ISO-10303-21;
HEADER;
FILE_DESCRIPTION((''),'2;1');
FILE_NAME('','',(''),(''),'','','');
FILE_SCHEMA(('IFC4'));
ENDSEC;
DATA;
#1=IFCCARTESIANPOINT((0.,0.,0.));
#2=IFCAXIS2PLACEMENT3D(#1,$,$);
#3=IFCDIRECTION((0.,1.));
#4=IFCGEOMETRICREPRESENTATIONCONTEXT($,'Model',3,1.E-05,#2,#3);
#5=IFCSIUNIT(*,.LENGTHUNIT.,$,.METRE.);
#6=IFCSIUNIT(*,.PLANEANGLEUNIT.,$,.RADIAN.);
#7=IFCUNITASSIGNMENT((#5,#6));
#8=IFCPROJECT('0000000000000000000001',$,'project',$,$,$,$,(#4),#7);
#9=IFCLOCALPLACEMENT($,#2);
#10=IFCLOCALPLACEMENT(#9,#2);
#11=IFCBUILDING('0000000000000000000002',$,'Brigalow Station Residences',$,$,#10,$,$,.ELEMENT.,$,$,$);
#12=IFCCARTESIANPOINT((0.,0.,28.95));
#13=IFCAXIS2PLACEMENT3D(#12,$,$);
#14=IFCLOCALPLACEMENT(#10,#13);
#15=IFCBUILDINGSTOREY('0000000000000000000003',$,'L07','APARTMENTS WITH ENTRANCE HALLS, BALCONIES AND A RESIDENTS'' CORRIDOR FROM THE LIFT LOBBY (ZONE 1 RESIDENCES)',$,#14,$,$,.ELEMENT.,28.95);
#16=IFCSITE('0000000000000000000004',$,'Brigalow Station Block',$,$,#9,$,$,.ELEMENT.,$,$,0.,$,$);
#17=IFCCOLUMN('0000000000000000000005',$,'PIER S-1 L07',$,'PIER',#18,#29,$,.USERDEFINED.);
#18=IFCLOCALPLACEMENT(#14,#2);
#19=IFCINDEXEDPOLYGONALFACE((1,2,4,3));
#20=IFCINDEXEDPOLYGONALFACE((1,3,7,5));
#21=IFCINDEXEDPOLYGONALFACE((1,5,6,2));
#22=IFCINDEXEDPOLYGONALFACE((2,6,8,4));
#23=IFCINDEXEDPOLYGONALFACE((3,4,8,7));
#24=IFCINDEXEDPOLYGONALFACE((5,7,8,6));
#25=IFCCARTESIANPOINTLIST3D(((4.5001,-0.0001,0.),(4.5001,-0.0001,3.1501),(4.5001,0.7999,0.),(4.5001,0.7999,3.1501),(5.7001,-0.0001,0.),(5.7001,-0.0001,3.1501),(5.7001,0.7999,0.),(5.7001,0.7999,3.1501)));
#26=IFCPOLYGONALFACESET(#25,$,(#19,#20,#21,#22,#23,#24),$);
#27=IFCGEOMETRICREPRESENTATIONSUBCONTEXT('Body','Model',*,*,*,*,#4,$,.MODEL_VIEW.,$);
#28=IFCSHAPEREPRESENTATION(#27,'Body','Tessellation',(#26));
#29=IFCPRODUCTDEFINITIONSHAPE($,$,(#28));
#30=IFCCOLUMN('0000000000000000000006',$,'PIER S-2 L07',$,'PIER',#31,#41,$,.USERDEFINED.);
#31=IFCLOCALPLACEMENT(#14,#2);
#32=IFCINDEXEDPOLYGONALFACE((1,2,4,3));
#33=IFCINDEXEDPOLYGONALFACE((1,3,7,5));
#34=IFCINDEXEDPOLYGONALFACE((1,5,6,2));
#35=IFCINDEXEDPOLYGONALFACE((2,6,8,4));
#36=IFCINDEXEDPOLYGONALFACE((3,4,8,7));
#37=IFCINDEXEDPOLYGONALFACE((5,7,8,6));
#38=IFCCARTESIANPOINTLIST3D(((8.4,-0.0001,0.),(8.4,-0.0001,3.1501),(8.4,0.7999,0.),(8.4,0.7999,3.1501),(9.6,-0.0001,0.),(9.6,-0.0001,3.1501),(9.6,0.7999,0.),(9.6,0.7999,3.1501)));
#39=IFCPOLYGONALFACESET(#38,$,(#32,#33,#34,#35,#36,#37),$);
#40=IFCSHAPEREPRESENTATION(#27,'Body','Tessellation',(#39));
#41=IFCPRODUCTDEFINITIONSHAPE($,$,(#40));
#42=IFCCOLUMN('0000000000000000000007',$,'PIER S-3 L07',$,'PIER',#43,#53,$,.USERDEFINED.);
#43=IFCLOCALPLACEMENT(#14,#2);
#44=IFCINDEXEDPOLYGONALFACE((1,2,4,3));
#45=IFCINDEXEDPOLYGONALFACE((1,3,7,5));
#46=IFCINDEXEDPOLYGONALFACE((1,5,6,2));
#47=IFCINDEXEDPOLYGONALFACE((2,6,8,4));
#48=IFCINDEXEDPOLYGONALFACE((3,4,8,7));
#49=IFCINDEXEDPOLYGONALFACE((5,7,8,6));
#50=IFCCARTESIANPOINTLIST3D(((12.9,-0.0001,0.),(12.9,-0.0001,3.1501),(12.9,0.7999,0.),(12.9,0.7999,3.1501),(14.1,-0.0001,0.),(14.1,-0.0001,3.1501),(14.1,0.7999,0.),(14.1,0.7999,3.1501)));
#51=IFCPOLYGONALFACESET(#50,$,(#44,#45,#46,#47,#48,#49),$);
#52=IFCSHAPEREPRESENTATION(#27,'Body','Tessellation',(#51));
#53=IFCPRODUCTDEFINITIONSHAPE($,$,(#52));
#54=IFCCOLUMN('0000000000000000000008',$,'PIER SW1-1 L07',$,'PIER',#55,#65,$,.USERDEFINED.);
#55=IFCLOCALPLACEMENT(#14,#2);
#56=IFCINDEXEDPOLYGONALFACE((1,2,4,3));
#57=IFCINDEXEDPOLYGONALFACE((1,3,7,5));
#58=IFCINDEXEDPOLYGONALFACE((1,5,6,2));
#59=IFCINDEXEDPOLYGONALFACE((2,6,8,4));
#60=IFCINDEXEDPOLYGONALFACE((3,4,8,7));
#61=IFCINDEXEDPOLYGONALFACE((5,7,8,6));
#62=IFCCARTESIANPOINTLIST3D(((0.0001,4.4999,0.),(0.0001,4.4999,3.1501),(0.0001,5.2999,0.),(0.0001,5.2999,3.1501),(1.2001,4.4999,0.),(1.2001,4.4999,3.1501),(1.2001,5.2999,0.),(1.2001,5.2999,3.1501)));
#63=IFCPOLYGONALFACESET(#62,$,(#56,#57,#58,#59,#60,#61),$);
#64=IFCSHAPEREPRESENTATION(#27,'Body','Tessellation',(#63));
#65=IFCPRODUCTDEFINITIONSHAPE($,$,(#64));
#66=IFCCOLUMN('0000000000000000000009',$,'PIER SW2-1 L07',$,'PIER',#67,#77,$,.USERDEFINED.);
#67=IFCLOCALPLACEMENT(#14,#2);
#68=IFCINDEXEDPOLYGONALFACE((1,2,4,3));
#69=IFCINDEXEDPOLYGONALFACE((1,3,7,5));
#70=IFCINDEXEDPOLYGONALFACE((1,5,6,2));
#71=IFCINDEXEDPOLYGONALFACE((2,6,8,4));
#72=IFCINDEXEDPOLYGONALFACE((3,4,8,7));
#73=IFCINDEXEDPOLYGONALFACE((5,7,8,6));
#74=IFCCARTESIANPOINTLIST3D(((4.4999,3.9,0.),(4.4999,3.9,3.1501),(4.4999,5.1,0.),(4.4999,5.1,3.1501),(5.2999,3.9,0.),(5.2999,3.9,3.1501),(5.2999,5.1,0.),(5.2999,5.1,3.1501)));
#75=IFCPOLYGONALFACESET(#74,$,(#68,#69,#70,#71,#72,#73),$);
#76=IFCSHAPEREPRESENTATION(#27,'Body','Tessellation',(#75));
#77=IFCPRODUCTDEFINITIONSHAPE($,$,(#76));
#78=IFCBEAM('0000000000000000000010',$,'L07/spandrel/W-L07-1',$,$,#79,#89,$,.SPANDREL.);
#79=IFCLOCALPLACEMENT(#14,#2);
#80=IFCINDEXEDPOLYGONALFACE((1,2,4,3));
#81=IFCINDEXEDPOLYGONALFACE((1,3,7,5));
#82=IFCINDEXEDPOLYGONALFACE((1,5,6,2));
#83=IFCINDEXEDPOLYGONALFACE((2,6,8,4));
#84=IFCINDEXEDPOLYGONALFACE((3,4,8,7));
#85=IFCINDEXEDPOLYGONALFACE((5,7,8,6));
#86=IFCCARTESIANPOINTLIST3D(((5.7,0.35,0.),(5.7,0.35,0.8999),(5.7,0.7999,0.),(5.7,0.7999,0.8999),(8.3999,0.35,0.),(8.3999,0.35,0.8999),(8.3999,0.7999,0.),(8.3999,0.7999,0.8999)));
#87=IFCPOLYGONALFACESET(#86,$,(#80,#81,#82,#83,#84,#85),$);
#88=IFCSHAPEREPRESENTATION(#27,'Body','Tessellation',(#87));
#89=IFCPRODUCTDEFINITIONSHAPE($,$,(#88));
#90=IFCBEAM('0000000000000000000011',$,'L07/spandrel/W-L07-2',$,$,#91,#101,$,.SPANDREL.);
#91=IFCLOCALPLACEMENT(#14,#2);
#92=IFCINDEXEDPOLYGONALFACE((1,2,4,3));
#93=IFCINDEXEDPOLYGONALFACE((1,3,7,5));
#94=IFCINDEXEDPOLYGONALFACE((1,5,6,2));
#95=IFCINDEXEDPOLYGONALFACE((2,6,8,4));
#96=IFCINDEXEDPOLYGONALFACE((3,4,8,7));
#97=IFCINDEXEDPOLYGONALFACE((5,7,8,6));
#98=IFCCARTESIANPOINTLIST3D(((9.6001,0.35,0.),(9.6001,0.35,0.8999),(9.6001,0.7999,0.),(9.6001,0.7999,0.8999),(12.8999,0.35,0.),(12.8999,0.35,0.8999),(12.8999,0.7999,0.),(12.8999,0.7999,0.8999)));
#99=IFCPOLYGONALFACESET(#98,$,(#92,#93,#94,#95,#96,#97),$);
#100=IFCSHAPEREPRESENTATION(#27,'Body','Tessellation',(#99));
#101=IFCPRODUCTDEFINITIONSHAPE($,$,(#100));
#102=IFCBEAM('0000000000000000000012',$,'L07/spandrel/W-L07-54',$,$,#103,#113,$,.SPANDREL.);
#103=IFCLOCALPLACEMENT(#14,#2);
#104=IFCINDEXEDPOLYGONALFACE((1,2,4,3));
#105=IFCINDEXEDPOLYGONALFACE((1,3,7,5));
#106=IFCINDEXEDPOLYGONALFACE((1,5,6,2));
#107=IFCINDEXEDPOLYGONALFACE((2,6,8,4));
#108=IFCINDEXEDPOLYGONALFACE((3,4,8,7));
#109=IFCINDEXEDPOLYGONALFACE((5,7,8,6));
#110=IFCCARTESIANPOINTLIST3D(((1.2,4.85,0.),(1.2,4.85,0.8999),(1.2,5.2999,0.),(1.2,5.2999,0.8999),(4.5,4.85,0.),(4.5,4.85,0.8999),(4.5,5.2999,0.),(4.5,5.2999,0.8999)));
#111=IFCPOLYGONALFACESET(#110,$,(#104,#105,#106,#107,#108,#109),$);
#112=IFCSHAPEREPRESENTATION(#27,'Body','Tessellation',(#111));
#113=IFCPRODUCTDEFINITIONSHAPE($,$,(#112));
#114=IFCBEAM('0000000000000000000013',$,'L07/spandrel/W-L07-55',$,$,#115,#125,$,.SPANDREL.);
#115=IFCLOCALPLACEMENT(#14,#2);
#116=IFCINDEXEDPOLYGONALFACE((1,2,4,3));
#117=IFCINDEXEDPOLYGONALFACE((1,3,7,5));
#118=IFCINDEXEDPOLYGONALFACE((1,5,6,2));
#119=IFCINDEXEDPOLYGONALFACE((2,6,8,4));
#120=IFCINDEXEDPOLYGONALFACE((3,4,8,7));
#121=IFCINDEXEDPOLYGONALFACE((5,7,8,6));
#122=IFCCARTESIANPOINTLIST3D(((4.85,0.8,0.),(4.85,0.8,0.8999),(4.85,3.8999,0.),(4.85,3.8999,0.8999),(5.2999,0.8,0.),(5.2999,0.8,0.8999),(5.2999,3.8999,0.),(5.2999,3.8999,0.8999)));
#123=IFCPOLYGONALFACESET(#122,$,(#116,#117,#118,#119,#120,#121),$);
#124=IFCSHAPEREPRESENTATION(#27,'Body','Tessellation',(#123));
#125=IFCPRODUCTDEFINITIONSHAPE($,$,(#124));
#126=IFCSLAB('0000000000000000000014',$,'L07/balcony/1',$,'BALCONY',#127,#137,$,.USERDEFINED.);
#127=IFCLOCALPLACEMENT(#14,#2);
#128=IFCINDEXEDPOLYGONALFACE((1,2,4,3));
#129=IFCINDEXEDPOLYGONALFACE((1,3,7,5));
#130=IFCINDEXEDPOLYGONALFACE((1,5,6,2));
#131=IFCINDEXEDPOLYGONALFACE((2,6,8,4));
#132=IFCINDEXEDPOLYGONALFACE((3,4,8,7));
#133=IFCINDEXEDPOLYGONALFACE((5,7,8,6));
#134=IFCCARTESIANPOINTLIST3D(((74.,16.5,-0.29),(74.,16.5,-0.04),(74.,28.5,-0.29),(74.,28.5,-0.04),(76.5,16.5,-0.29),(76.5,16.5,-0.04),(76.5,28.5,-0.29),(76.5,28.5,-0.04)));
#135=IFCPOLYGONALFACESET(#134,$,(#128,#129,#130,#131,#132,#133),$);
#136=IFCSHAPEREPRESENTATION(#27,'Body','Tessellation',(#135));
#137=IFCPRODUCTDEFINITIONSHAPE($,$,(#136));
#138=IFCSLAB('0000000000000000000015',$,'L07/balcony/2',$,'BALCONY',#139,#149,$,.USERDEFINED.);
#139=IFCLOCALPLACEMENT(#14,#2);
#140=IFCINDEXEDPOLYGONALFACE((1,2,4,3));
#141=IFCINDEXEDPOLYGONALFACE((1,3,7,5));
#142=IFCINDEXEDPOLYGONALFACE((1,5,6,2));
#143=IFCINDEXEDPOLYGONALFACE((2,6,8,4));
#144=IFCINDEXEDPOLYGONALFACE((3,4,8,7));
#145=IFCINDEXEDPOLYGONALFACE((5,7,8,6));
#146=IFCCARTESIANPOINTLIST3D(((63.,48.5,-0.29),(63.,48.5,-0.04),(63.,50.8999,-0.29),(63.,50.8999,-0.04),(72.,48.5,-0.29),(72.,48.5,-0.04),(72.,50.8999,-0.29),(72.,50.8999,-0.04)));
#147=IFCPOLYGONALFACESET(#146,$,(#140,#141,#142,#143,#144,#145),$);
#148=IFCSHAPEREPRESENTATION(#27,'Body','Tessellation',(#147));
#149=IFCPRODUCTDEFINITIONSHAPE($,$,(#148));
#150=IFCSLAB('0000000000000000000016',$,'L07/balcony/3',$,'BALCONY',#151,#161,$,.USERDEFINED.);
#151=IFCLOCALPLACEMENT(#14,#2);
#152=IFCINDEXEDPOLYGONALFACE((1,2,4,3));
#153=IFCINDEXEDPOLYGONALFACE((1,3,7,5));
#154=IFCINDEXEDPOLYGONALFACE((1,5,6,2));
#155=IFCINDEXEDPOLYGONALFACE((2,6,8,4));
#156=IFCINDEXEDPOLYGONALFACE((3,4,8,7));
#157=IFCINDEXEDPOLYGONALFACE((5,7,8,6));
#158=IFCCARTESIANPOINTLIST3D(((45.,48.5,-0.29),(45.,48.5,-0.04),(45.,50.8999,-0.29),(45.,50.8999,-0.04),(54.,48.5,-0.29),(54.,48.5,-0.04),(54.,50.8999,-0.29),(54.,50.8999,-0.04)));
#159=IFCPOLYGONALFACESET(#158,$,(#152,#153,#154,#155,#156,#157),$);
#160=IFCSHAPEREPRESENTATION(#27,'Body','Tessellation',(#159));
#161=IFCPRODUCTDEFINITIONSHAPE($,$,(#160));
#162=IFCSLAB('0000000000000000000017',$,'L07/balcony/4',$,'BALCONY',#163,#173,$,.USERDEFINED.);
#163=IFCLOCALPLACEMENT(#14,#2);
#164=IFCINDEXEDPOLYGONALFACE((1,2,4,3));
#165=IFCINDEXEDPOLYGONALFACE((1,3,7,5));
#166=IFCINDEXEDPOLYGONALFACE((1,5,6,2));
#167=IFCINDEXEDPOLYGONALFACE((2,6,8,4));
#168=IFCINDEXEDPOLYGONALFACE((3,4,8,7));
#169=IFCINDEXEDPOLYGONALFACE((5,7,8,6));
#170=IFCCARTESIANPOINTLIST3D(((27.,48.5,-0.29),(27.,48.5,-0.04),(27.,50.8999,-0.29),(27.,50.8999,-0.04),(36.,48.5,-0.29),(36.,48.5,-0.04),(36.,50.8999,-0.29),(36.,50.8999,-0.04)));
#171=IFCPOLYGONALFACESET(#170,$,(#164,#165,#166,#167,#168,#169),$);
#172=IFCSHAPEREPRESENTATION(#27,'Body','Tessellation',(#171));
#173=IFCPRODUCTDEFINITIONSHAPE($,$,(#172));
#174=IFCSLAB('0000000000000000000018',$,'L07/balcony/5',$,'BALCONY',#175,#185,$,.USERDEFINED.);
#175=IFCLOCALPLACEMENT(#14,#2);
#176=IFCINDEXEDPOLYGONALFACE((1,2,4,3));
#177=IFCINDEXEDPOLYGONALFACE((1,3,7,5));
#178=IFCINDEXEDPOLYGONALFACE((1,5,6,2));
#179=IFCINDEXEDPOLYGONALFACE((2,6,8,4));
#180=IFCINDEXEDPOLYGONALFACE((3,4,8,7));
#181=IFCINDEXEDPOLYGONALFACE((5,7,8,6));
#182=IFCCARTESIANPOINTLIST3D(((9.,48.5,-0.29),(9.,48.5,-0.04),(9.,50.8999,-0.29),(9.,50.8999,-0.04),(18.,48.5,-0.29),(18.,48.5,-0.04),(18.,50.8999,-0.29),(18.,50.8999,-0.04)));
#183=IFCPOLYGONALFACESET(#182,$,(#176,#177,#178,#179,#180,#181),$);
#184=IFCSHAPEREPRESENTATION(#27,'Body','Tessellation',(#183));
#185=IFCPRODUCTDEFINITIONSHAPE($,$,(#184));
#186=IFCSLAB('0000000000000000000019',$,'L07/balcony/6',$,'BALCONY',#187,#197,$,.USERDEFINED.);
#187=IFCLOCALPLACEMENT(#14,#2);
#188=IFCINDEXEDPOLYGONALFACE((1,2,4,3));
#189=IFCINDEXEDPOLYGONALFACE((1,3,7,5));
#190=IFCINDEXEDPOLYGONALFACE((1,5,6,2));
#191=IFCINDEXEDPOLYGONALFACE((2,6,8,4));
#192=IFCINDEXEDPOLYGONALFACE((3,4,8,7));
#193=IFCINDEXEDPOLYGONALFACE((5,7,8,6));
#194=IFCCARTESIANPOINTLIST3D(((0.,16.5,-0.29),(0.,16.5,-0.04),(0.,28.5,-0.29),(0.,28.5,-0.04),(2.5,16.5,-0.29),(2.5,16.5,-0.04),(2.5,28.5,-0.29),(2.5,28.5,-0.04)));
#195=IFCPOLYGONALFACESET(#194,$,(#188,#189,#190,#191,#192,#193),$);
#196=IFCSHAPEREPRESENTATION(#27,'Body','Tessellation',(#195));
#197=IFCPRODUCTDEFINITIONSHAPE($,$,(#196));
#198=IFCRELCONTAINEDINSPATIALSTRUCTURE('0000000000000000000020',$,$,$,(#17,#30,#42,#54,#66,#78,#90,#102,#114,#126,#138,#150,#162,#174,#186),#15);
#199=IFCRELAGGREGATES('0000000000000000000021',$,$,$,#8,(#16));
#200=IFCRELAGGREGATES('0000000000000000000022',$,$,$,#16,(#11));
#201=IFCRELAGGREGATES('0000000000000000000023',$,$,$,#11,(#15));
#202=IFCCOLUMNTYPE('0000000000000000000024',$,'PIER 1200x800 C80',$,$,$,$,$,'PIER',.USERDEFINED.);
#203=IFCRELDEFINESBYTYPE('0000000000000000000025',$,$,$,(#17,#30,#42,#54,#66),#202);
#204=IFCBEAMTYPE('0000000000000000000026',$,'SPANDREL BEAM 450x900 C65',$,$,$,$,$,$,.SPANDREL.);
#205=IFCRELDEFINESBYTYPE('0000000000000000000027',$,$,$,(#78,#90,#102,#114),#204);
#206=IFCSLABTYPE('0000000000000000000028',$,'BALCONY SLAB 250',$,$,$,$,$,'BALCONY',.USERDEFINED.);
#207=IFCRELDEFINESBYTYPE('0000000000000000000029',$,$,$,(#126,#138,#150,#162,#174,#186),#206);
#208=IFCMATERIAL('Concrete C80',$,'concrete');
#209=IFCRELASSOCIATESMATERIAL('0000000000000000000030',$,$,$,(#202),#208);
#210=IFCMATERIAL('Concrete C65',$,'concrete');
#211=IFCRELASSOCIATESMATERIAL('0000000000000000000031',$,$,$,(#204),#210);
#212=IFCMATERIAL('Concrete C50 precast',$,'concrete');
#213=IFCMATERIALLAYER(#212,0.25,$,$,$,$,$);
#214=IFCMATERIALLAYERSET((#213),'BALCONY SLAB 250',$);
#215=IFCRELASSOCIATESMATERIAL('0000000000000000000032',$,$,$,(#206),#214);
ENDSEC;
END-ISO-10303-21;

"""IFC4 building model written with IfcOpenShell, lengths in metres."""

from ifc_helpers import new_model, si_unit, direction, frame, origin, origin_2d, place, context, subcontext, project, spatial, polyline, rectangle, outline, extrude, material, layer, layer_set, material_profile, profile_set, type_object, element, save


model = new_model("IFC4")

# Units and contexts
model_context = context("Model", 3, precision=1e-05, world=origin(), true_north=direction((0.0, 1.0)))
body_context = subcontext(model_context, "Body", "Model", "MODEL_VIEW")
ifc_project = project(units=[si_unit("LENGTHUNIT", "METRE"), si_unit("PLANEANGLEUNIT", "RADIAN")], contexts=[model_context])

# Site, building, storey
site_placement = place(None, origin())
site = spatial("IfcSite", under=ifc_project, at=site_placement, Name="Brigalow Station Block", CompositionType="ELEMENT", RefElevation=0.0)
building_placement = place(site_placement, origin())
building = spatial("IfcBuilding", under=site, at=building_placement, Name="Brigalow Station Residences", CompositionType="ELEMENT")
storey_placement = place(building_placement, frame((0.0, 0.0, 28.95)))
storey = spatial("IfcBuildingStorey", under=building, at=storey_placement, Name="L07", Description="APARTMENTS WITH ENTRANCE HALLS, BALCONIES AND A RESIDENTS' CORRIDOR FROM THE LIFT LOBBY (ZONE 1 RESIDENCES)", CompositionType="ELEMENT", Elevation=28.95)

# Columns
ifc_material_1 = material(Name="Concrete C80", Category="concrete")
ifc_material_profile_1 = material_profile(ifc_material_1, rectangle(XDim=1.2, YDim=0.8, at=origin_2d()), Name="RC1200x800")
ifc_profile_set_1 = profile_set([ifc_material_profile_1], Name="Concrete C80")
column_type = type_object("IfcColumnType", Name="PIER 1200x800 C80", ElementType="PIER", PredefinedType="USERDEFINED", material=ifc_profile_set_1)
for number, where, z_axis, x_axis, name in (
    (1, (5.1001, 0.3999, 0.0), (0.0, 0.0, 1.0), (1.0, 0.0, 0.0), "PIER S-1 L07"),
    (2, (9.0, 0.3999, 0.0), (0.0, 0.0, 1.0), (1.0, 0.0, 0.0), "PIER S-2 L07"),
    (3, (13.5, 0.3999, 0.0), (0.0, 0.0, 1.0), (1.0, 0.0, 0.0), "PIER S-3 L07"),
    (4, (0.6001, 4.8999, 0.0), (0.0, 0.0, 1.0), (1.0, 0.0, 0.0), "PIER SW1-1 L07"),
    (5, (4.8999, 4.5, 0.0), (0.0, 0.0, 1.0), (0.0, -1.0, 0.0), "PIER SW2-1 L07"),
):
    element("IfcColumn", number, at=place(storey_placement, frame(where, z_axis=z_axis, x_axis=x_axis)), inside=storey, type_object=column_type, Name=name, ObjectType="PIER", PredefinedType="USERDEFINED", context=body_context, shape_type="SweptSolid", body=[
        extrude(rectangle(XDim=1.2, YDim=0.8, at=origin_2d()), origin(), (0.0, 0.0, 1.0), 3.1501),
    ])

# Beams
ifc_material_2 = material(Name="Concrete C65", Category="concrete")
ifc_material_profile_2 = material_profile(ifc_material_2, rectangle(XDim=0.45, YDim=0.8999, at=origin_2d()), Name="RC450x900")
ifc_profile_set_2 = profile_set([ifc_material_profile_2], Name="Concrete C65")
beam_type = type_object("IfcBeamType", Name="SPANDREL BEAM 450x900 C65", PredefinedType="SPANDREL", material=ifc_profile_set_2)
beam_1_placement = place(storey_placement, frame((5.7, 0.575, 0.45), z_axis=(1.0, 0.0, 0.0), x_axis=(0.0, 1.0, 0.0)))
element("IfcBeam", 6, at=beam_1_placement, inside=storey, type_object=beam_type, Name="L07/spandrel/W-L07-1", PredefinedType="SPANDREL", context=body_context, shape_type="SweptSolid", body=[
    extrude(rectangle(XDim=0.45, YDim=0.8999, at=origin_2d()), origin(), (0.0, 0.0, 1.0), 2.7),
])
beam_2_placement = place(storey_placement, frame((9.6001, 0.575, 0.45), z_axis=(1.0, 0.0, 0.0), x_axis=(0.0, 1.0, 0.0)))
element("IfcBeam", 7, at=beam_2_placement, inside=storey, type_object=beam_type, Name="L07/spandrel/W-L07-2", PredefinedType="SPANDREL", context=body_context, shape_type="SweptSolid", body=[
    extrude(rectangle(XDim=0.45, YDim=0.8999, at=origin_2d()), origin(), (0.0, 0.0, 1.0), 3.2998),
])
beam_3_placement = place(storey_placement, frame((1.2, 5.075, 0.45), z_axis=(1.0, 0.0, 0.0), x_axis=(0.0, 1.0, 0.0)))
element("IfcBeam", 8, at=beam_3_placement, inside=storey, type_object=beam_type, Name="L07/spandrel/W-L07-54", PredefinedType="SPANDREL", context=body_context, shape_type="SweptSolid", body=[
    extrude(rectangle(XDim=0.45, YDim=0.8999, at=origin_2d()), origin(), (0.0, 0.0, 1.0), 3.3),
])
beam_4_placement = place(storey_placement, frame((5.075, 3.8999, 0.45), z_axis=(0.0, -1.0, 0.0), x_axis=(1.0, 0.0, 0.0)))
element("IfcBeam", 9, at=beam_4_placement, inside=storey, type_object=beam_type, Name="L07/spandrel/W-L07-55", PredefinedType="SPANDREL", context=body_context, shape_type="SweptSolid", body=[
    extrude(rectangle(XDim=0.45, YDim=0.8999, at=origin_2d()), origin(), (0.0, 0.0, 1.0), 3.0999),
])

# Slabs
ifc_material_3 = material(Name="Concrete C50 precast", Category="concrete")
ifc_layer_1 = layer(ifc_material_3, 0.25)
ifc_layer_set_1 = layer_set([ifc_layer_1], Name="BALCONY SLAB 250")
slab_type_1 = type_object("IfcSlabType", Name="BALCONY SLAB 250", ElementType="BALCONY", PredefinedType="USERDEFINED", material=ifc_layer_set_1)
slab_1_placement = place(storey_placement, frame((0.0, 0.0, -0.29)))
element("IfcSlab", 10, at=slab_1_placement, inside=storey, type_object=slab_type_1, Name="L07/balcony/1", ObjectType="BALCONY", PredefinedType="USERDEFINED", context=body_context, shape_type="SweptSolid", body=[
    extrude(outline(polyline([(74.0, 16.5), (76.5, 16.5), (76.5, 28.5), (74.0, 28.5), (74.0, 16.5)])), origin(), (0.0, 0.0, 1.0), 0.25),
])
slab_2_placement = place(storey_placement, frame((0.0, 0.0, -0.29)))
element("IfcSlab", 11, at=slab_2_placement, inside=storey, type_object=slab_type_1, Name="L07/balcony/2", ObjectType="BALCONY", PredefinedType="USERDEFINED", context=body_context, shape_type="SweptSolid", body=[
    extrude(outline(polyline([(72.0, 48.5), (72.0, 50.8999), (63.0, 50.8999), (63.0, 48.5), (72.0, 48.5)])), origin(), (0.0, 0.0, 1.0), 0.25),
])
slab_3_placement = place(storey_placement, frame((0.0, 0.0, -0.29)))
element("IfcSlab", 12, at=slab_3_placement, inside=storey, type_object=slab_type_1, Name="L07/balcony/3", ObjectType="BALCONY", PredefinedType="USERDEFINED", context=body_context, shape_type="SweptSolid", body=[
    extrude(outline(polyline([(54.0, 48.5), (54.0, 50.8999), (45.0, 50.8999), (45.0, 48.5), (54.0, 48.5)])), origin(), (0.0, 0.0, 1.0), 0.25),
])
slab_4_placement = place(storey_placement, frame((0.0, 0.0, -0.29)))
element("IfcSlab", 13, at=slab_4_placement, inside=storey, type_object=slab_type_1, Name="L07/balcony/4", ObjectType="BALCONY", PredefinedType="USERDEFINED", context=body_context, shape_type="SweptSolid", body=[
    extrude(outline(polyline([(36.0, 48.5), (36.0, 50.8999), (27.0, 50.8999), (27.0, 48.5), (36.0, 48.5)])), origin(), (0.0, 0.0, 1.0), 0.25),
])
slab_5_placement = place(storey_placement, frame((0.0, 0.0, -0.29)))
element("IfcSlab", 14, at=slab_5_placement, inside=storey, type_object=slab_type_1, Name="L07/balcony/5", ObjectType="BALCONY", PredefinedType="USERDEFINED", context=body_context, shape_type="SweptSolid", body=[
    extrude(outline(polyline([(18.0, 48.5), (18.0, 50.8999), (9.0, 50.8999), (9.0, 48.5), (18.0, 48.5)])), origin(), (0.0, 0.0, 1.0), 0.25),
])
slab_6_placement = place(storey_placement, frame((0.0, 0.0, -0.29)))
element("IfcSlab", 15, at=slab_6_placement, inside=storey, type_object=slab_type_1, Name="L07/balcony/6", ObjectType="BALCONY", PredefinedType="USERDEFINED", context=body_context, shape_type="SweptSolid", body=[
    extrude(outline(polyline([(2.5, 28.5), (0.0, 28.5), (0.0, 16.5), (2.5, 16.5), (2.5, 28.5)])), origin(), (0.0, 0.0, 1.0), 0.25),
])

save(model, "model.ifc")
